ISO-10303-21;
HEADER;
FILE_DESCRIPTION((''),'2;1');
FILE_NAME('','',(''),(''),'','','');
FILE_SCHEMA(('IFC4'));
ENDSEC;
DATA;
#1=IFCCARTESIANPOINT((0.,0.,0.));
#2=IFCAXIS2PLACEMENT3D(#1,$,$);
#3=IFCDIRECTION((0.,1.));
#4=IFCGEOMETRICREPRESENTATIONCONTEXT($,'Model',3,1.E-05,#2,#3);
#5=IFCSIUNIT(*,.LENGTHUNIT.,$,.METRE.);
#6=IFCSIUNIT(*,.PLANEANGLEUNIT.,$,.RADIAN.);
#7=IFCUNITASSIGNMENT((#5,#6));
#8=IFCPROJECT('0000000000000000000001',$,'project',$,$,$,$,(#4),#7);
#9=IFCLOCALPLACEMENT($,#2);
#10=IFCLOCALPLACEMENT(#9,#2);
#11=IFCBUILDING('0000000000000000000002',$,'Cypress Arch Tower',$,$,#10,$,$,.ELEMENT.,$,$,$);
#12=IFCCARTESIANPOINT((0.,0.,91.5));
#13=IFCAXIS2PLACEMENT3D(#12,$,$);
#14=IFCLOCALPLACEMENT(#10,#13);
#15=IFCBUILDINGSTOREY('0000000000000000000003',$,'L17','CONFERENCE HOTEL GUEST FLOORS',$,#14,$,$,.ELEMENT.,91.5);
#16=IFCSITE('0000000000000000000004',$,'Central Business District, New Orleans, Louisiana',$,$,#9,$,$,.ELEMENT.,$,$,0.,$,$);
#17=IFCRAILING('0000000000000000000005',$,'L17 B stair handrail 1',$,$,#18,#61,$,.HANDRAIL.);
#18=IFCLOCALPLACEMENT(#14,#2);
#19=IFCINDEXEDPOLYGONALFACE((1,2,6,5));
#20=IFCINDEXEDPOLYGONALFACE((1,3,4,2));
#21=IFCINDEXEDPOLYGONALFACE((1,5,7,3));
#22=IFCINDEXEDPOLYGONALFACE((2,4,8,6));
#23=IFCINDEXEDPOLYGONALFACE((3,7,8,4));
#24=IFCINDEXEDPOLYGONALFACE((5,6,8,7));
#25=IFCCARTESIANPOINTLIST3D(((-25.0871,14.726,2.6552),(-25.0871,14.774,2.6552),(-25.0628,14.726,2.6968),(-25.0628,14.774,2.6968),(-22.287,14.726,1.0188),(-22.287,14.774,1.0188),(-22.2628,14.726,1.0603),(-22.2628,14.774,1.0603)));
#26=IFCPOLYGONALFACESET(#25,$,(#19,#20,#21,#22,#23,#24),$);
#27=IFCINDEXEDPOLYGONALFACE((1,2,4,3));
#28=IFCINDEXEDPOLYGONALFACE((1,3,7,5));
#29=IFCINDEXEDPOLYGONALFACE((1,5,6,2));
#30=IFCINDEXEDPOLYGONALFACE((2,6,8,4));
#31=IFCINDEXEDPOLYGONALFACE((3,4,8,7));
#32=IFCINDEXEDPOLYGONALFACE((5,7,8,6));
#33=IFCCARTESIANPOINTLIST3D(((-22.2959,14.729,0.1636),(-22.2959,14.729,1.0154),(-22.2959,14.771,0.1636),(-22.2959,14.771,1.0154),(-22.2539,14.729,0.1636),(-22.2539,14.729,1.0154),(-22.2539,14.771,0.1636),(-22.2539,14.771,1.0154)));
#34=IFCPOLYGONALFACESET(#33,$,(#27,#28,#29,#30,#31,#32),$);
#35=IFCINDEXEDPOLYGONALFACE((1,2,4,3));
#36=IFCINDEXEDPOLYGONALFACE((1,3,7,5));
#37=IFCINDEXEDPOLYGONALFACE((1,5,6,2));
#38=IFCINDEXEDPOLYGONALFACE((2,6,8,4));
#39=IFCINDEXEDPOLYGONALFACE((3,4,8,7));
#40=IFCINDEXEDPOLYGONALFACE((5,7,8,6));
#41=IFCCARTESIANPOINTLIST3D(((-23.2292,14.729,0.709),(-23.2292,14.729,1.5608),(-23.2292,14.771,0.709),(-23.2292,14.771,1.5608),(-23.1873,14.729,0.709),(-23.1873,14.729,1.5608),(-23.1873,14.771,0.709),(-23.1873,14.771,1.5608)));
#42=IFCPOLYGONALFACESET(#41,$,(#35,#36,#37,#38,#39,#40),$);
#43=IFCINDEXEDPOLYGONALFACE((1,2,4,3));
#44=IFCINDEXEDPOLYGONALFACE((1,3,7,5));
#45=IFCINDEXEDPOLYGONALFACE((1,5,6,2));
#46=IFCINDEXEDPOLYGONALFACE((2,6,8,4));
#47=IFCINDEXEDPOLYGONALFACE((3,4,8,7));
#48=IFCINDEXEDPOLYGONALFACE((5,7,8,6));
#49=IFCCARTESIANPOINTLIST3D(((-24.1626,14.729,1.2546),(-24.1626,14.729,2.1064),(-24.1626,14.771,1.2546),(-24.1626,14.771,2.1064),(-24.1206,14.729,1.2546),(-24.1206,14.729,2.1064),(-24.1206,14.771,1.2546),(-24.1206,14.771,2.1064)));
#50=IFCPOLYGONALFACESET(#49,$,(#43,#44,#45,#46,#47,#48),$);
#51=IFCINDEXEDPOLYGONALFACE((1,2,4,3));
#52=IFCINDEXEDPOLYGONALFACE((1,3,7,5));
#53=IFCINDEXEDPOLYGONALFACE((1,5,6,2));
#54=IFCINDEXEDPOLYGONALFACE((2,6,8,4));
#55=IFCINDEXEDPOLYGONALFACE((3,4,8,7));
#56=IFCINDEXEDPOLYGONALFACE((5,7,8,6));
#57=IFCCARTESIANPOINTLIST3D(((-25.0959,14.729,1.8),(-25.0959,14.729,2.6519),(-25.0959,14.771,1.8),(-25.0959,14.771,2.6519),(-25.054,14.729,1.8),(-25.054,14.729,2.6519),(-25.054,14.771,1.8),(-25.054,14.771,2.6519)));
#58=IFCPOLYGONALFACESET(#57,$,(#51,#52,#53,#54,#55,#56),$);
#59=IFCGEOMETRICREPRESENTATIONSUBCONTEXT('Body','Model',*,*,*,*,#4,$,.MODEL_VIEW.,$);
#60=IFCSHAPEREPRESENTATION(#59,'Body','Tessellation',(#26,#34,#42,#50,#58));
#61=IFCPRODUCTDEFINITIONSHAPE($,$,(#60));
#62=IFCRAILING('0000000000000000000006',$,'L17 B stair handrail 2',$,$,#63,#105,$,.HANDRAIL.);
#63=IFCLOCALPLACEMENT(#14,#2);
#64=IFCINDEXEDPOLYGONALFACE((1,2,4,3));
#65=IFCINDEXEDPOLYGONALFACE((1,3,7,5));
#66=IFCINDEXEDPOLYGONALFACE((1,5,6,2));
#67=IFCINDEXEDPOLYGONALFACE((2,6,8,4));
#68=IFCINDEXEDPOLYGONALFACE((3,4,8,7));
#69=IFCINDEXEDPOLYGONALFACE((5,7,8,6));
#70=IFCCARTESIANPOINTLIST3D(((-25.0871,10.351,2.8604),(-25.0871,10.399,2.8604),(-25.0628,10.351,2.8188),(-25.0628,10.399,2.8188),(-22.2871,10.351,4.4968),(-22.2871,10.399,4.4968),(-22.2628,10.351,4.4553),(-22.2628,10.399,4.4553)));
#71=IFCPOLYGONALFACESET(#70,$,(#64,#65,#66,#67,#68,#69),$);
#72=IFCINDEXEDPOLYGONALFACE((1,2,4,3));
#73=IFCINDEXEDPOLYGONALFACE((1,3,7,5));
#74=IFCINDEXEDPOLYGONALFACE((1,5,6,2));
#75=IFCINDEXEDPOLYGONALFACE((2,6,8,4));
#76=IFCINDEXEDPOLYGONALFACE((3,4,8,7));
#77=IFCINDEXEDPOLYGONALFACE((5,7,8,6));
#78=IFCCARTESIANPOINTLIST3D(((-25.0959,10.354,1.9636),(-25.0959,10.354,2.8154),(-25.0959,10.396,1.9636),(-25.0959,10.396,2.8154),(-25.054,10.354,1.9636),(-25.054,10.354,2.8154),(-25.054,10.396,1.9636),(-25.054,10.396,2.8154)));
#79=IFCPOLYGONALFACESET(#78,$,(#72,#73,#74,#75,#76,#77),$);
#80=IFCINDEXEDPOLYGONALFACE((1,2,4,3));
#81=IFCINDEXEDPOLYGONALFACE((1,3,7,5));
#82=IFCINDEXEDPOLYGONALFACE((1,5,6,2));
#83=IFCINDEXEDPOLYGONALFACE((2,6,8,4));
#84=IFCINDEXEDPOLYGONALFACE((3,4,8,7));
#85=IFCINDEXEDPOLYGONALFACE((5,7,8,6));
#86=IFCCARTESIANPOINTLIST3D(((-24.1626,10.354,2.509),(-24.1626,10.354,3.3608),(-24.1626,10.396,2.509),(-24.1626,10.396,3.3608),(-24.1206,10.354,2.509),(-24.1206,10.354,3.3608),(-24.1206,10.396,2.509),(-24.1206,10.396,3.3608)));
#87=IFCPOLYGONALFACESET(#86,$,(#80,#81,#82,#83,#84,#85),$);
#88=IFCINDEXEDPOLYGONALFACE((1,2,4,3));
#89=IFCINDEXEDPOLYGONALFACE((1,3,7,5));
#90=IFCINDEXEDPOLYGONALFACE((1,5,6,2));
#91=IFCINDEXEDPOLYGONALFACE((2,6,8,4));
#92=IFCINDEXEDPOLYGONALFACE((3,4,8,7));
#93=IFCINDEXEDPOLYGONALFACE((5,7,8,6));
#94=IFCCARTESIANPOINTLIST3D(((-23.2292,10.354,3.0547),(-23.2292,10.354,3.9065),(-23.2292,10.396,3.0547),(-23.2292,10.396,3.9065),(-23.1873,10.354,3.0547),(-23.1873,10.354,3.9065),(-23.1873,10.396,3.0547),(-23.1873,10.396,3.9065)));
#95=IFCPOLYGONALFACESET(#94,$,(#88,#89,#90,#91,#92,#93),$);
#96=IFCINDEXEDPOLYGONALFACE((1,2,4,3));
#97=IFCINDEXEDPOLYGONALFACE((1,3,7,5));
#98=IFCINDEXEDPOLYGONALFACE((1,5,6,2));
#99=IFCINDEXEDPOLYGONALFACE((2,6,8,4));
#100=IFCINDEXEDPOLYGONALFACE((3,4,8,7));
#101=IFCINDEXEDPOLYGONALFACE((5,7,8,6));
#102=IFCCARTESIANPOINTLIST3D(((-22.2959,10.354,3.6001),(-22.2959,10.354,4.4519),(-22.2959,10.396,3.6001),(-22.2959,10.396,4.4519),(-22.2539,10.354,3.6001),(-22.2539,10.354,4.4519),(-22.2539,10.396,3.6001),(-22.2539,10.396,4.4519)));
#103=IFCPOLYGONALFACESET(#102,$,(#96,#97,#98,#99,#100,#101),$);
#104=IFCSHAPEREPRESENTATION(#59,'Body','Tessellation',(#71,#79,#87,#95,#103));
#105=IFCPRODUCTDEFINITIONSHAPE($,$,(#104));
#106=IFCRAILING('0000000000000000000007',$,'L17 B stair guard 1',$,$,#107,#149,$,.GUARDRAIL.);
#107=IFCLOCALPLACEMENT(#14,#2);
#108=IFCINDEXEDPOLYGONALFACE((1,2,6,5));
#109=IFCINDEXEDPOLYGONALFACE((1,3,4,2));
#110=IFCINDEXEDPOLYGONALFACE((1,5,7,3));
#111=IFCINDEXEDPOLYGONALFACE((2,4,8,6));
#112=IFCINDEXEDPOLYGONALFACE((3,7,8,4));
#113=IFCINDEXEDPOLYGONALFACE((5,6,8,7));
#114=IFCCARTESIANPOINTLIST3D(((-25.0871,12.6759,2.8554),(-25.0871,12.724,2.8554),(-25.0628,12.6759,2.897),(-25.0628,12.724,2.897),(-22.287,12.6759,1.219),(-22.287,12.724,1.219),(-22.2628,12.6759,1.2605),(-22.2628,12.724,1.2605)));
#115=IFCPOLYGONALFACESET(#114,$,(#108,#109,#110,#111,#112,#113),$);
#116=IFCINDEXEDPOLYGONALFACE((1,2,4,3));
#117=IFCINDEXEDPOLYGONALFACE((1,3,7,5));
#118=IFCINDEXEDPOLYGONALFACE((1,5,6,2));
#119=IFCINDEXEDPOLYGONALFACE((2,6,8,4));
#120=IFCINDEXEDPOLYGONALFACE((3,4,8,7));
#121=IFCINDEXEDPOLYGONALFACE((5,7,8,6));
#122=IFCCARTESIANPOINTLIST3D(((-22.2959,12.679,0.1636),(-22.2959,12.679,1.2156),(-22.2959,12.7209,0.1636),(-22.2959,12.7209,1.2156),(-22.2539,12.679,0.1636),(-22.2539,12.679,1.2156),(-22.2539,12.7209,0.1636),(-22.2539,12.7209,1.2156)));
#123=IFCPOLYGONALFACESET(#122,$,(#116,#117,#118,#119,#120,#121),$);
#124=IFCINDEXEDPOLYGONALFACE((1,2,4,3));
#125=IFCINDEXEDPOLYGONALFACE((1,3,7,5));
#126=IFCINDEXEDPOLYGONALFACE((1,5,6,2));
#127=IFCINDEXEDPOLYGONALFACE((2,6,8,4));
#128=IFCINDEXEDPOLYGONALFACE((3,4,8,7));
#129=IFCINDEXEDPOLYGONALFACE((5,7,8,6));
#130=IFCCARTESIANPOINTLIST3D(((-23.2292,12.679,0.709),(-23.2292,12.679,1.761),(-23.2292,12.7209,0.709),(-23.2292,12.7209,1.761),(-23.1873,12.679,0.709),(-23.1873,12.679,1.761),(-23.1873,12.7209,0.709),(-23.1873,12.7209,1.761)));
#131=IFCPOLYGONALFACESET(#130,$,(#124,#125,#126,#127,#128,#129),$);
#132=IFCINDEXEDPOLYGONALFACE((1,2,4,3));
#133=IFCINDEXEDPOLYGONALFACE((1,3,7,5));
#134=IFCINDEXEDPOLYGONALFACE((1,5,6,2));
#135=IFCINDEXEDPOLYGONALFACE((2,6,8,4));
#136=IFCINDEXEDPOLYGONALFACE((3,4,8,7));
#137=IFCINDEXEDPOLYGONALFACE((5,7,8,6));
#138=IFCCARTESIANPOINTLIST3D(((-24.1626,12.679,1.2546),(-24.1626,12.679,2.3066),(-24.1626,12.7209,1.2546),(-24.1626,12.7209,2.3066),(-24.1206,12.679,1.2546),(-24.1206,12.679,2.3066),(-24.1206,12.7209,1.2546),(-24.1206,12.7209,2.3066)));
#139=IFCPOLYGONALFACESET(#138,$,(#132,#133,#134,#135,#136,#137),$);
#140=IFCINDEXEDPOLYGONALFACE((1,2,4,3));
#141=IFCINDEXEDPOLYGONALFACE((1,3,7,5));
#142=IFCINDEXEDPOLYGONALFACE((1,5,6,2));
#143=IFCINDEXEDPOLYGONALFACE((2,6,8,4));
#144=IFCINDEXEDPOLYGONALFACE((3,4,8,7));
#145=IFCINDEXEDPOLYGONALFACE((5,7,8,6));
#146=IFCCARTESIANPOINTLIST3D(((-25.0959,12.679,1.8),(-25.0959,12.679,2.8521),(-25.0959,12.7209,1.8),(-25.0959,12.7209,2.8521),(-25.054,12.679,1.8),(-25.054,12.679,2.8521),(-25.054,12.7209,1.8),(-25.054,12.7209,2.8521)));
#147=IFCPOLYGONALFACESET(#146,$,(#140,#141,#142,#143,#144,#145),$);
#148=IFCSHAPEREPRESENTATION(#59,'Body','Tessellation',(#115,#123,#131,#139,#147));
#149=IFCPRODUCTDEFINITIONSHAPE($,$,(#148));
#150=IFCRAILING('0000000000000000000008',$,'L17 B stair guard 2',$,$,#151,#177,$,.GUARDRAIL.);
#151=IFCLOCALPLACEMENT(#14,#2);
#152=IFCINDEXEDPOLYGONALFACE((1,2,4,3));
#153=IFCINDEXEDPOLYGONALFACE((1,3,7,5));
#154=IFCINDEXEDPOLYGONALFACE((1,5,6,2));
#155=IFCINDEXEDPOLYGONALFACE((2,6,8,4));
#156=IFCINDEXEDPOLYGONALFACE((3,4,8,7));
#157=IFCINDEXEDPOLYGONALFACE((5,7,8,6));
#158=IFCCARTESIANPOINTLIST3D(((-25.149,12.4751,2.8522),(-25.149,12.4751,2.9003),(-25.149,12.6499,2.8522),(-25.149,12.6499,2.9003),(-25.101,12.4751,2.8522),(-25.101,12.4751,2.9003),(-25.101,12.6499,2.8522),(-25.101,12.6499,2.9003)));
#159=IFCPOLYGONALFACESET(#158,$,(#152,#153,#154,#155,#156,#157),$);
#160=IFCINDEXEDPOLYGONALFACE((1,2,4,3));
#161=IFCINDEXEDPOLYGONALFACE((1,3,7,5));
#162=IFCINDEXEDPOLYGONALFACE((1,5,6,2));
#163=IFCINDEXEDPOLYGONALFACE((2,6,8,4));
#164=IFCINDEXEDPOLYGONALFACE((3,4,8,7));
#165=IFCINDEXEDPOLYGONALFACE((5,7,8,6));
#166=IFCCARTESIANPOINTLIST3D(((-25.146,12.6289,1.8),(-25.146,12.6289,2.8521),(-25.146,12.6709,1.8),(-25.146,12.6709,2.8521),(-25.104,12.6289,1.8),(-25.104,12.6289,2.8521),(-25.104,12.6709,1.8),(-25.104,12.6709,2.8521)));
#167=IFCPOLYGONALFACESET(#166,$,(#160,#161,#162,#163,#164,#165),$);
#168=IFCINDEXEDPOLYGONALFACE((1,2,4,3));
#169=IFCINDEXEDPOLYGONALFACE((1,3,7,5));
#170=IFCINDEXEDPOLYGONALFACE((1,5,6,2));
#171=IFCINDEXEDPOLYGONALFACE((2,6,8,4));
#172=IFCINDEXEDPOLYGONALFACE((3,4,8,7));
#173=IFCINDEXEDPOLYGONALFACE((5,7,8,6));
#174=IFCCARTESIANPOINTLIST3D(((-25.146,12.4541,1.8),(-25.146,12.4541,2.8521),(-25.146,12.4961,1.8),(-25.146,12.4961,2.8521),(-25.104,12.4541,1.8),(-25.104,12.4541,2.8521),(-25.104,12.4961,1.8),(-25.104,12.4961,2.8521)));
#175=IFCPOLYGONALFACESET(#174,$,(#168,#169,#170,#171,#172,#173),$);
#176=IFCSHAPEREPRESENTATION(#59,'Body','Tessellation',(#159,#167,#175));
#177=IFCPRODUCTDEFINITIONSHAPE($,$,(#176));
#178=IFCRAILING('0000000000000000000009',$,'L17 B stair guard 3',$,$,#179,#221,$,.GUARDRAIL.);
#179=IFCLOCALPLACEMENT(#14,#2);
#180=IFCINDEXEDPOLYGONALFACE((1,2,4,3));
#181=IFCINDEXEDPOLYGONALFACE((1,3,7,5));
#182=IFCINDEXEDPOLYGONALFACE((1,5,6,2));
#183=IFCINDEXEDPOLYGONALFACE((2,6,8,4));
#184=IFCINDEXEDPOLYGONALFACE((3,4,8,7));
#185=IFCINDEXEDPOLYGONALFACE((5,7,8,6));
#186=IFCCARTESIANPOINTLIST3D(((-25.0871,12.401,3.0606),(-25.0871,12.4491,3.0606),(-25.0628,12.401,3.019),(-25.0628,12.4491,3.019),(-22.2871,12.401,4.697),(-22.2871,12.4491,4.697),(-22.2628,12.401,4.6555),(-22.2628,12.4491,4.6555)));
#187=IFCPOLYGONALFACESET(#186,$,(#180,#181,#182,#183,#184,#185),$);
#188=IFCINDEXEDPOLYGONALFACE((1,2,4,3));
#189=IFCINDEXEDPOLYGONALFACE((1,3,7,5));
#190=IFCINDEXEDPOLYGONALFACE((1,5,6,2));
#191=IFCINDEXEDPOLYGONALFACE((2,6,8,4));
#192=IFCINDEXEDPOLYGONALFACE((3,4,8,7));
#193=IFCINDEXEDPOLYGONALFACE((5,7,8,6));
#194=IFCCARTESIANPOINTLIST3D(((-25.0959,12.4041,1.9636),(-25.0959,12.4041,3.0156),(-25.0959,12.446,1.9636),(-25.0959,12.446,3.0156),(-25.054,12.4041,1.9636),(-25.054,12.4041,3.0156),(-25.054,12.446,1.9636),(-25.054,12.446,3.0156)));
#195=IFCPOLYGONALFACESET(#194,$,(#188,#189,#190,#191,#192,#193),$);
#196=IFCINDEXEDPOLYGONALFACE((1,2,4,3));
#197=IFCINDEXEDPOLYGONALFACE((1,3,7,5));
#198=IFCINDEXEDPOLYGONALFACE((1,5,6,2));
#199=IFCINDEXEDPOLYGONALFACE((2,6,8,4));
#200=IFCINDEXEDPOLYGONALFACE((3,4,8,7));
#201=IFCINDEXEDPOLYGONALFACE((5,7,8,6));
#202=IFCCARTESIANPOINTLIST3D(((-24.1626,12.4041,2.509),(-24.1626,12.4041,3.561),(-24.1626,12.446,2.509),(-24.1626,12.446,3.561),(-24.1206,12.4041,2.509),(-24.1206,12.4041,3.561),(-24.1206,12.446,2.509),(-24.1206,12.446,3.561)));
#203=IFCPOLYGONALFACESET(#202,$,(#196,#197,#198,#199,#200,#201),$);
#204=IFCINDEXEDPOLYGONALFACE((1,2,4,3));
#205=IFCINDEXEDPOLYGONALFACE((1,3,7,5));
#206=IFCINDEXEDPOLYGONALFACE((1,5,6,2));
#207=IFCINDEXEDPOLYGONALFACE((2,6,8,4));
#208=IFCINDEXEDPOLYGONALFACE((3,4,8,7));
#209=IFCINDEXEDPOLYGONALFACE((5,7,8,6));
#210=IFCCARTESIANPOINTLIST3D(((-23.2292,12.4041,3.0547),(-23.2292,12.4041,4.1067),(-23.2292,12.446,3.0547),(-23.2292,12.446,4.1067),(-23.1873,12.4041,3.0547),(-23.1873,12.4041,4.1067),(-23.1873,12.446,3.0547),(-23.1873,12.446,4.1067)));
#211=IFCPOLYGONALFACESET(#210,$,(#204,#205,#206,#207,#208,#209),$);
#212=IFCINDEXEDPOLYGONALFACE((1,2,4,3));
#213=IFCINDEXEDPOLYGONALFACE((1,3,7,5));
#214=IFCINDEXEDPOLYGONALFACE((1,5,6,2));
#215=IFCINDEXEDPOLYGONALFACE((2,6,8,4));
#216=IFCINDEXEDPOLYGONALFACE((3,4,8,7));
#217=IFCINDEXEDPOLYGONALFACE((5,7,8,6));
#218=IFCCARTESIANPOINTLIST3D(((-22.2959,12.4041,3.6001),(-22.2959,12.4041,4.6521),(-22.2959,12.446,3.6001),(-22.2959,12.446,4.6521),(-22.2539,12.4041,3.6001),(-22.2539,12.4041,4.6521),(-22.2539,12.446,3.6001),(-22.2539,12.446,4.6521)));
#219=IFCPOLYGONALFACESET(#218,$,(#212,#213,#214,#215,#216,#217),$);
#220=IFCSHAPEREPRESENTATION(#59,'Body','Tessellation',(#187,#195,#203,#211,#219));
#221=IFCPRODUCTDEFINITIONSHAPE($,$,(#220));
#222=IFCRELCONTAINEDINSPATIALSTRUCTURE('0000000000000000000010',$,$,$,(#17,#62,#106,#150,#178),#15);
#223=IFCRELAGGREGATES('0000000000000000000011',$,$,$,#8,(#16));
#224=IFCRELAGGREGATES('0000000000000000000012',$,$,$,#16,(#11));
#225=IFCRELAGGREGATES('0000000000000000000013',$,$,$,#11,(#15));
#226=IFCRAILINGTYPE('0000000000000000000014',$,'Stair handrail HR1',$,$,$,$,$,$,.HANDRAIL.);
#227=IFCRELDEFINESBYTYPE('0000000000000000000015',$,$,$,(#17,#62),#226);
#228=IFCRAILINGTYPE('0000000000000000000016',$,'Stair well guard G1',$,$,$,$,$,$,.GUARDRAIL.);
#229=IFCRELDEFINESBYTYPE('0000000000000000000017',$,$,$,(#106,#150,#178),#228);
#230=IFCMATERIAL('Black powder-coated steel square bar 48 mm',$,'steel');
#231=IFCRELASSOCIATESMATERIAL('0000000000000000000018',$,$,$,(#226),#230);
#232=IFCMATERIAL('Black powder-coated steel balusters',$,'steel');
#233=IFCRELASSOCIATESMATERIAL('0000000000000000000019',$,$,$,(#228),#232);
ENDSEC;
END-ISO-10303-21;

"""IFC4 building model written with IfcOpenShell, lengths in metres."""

from ifc_helpers import new_model, si_unit, direction, frame, origin, origin_2d, place, context, subcontext, project, spatial, rectangle, extrude, material, type_object, element, save


model = new_model("IFC4")

# Units and contexts
model_context = context("Model", 3, precision=1e-05, world=origin(), true_north=direction((0.0, 1.0)))
body_context = subcontext(model_context, "Body", "Model", "MODEL_VIEW")
ifc_project = project(units=[si_unit("LENGTHUNIT", "METRE"), si_unit("PLANEANGLEUNIT", "RADIAN")], contexts=[model_context])

# Site, building, storey
site_placement = place(None, origin())
site = spatial("IfcSite", under=ifc_project, at=site_placement, Name="Central Business District, New Orleans, Louisiana", CompositionType="ELEMENT", RefElevation=0.0)
building_placement = place(site_placement, origin())
building = spatial("IfcBuilding", under=site, at=building_placement, Name="Cypress Arch Tower", CompositionType="ELEMENT")
storey_placement = place(building_placement, frame((0.0, 0.0, 91.5)))
storey = spatial("IfcBuildingStorey", under=building, at=storey_placement, Name="L17", Description="CONFERENCE HOTEL GUEST FLOORS", CompositionType="ELEMENT", Elevation=91.5)

# Railings
ifc_material_1 = material(Name="Black powder-coated steel square bar 48 mm", Category="steel")
railing_type_1 = type_object("IfcRailingType", Name="Stair handrail HR1", PredefinedType="HANDRAIL", material=ifc_material_1)
railing_1_placement = place(storey_placement, frame((-22.2749, 14.75, 0.1636)))
element("IfcRailing", 1, at=railing_1_placement, inside=storey, type_object=railing_type_1, Name="L17 B stair handrail 1", PredefinedType="HANDRAIL", context=body_context, shape_type="SweptSolid", body=[
    extrude(rectangle(XDim=0.0481, YDim=0.0481, at=origin_2d()), frame((0.0, 0.0, 0.876), z_axis=(-0.863361, 0.0, 0.504587), x_axis=(0.0, -1.0, 0.0)), (0.0, 0.0, 1.0), 3.2432),
    extrude(rectangle(XDim=0.042, YDim=0.042, at=origin_2d()), origin(), (0.0, 0.0, 1.0), 0.8518),
    extrude(rectangle(XDim=0.042, YDim=0.042, at=origin_2d()), frame((-0.9333, 0.0, 0.5454)), (0.0, 0.0, 1.0), 0.8518),
    extrude(rectangle(XDim=0.042, YDim=0.042, at=origin_2d()), frame((-1.8667, 0.0, 1.0911)), (0.0, 0.0, 1.0), 0.8518),
    extrude(rectangle(XDim=0.042, YDim=0.042, at=origin_2d()), frame((-2.8, 0.0, 1.6365)), (0.0, 0.0, 1.0), 0.8518),
])
railing_2_placement = place(storey_placement, frame((-25.075, 10.375, 1.9636)))
element("IfcRailing", 2, at=railing_2_placement, inside=storey, type_object=railing_type_1, Name="L17 B stair handrail 2", PredefinedType="HANDRAIL", context=body_context, shape_type="SweptSolid", body=[
    extrude(rectangle(XDim=0.0481, YDim=0.0481, at=origin_2d()), frame((0.0, 0.0, 0.876), z_axis=(0.863361, 0.0, 0.504587), x_axis=(0.0, 1.0, 0.0)), (0.0, 0.0, 1.0), 3.2432),
    extrude(rectangle(XDim=0.042, YDim=0.042, at=origin_2d()), origin(), (0.0, 0.0, 1.0), 0.8518),
    extrude(rectangle(XDim=0.042, YDim=0.042, at=origin_2d()), frame((0.9333, 0.0, 0.5454)), (0.0, 0.0, 1.0), 0.8518),
    extrude(rectangle(XDim=0.042, YDim=0.042, at=origin_2d()), frame((1.8667, 0.0, 1.0911)), (0.0, 0.0, 1.0), 0.8518),
    extrude(rectangle(XDim=0.042, YDim=0.042, at=origin_2d()), frame((2.8, 0.0, 1.6365)), (0.0, 0.0, 1.0), 0.8518),
])
ifc_material_2 = material(Name="Black powder-coated steel balusters", Category="steel")
railing_type_2 = type_object("IfcRailingType", Name="Stair well guard G1", PredefinedType="GUARDRAIL", material=ifc_material_2)
railing_3_placement = place(storey_placement, frame((-22.2749, 12.7, 0.1636)))
element("IfcRailing", 3, at=railing_3_placement, inside=storey, type_object=railing_type_2, Name="L17 B stair guard 1", PredefinedType="GUARDRAIL", context=body_context, shape_type="SweptSolid", body=[
    extrude(rectangle(XDim=0.0481, YDim=0.0481, at=origin_2d()), frame((0.0, 0.0, 1.0762), z_axis=(-0.863361, 0.0, 0.504587), x_axis=(0.0, -1.0, 0.0)), (0.0, 0.0, 1.0), 3.2432),
    extrude(rectangle(XDim=0.042, YDim=0.042, at=origin_2d()), origin(), (0.0, 0.0, 1.0), 1.052),
    extrude(rectangle(XDim=0.042, YDim=0.042, at=origin_2d()), frame((-0.9333, 0.0, 0.5454)), (0.0, 0.0, 1.0), 1.052),
    extrude(rectangle(XDim=0.042, YDim=0.042, at=origin_2d()), frame((-1.8667, 0.0, 1.0911)), (0.0, 0.0, 1.0), 1.052),
    extrude(rectangle(XDim=0.042, YDim=0.042, at=origin_2d()), frame((-2.8, 0.0, 1.6365)), (0.0, 0.0, 1.0), 1.052),
])
railing_4_placement = place(storey_placement, frame((-25.125, 12.6499, 1.8)))
element("IfcRailing", 4, at=railing_4_placement, inside=storey, type_object=railing_type_2, Name="L17 B stair guard 2", PredefinedType="GUARDRAIL", context=body_context, shape_type="SweptSolid", body=[
    extrude(rectangle(XDim=0.0481, YDim=0.0481, at=origin_2d()), frame((0.0, 0.0, 1.0762), z_axis=(0.0, -1.0, 0.0), x_axis=(1.0, 0.0, 0.0)), (0.0, 0.0, 1.0), 0.1748),
    extrude(rectangle(XDim=0.042, YDim=0.042, at=origin_2d()), origin(), (0.0, 0.0, 1.0), 1.052),
    extrude(rectangle(XDim=0.042, YDim=0.042, at=origin_2d()), frame((0.0, -0.1748, 0.0)), (0.0, 0.0, 1.0), 1.052),
])
railing_5_placement = place(storey_placement, frame((-25.075, 12.425, 1.9636)))
element("IfcRailing", 5, at=railing_5_placement, inside=storey, type_object=railing_type_2, Name="L17 B stair guard 3", PredefinedType="GUARDRAIL", context=body_context, shape_type="SweptSolid", body=[
    extrude(rectangle(XDim=0.0481, YDim=0.0481, at=origin_2d()), frame((0.0, 0.0, 1.0762), z_axis=(0.863361, 0.0, 0.504587), x_axis=(0.0, 1.0, 0.0)), (0.0, 0.0, 1.0), 3.2432),
    extrude(rectangle(XDim=0.042, YDim=0.042, at=origin_2d()), origin(), (0.0, 0.0, 1.0), 1.052),
    extrude(rectangle(XDim=0.042, YDim=0.042, at=origin_2d()), frame((0.9333, 0.0, 0.5454)), (0.0, 0.0, 1.0), 1.052),
    extrude(rectangle(XDim=0.042, YDim=0.042, at=origin_2d()), frame((1.8667, 0.0, 1.0911)), (0.0, 0.0, 1.0), 1.052),
    extrude(rectangle(XDim=0.042, YDim=0.042, at=origin_2d()), frame((2.8, 0.0, 1.6365)), (0.0, 0.0, 1.0), 1.052),
])

save(model, "model.ifc")
